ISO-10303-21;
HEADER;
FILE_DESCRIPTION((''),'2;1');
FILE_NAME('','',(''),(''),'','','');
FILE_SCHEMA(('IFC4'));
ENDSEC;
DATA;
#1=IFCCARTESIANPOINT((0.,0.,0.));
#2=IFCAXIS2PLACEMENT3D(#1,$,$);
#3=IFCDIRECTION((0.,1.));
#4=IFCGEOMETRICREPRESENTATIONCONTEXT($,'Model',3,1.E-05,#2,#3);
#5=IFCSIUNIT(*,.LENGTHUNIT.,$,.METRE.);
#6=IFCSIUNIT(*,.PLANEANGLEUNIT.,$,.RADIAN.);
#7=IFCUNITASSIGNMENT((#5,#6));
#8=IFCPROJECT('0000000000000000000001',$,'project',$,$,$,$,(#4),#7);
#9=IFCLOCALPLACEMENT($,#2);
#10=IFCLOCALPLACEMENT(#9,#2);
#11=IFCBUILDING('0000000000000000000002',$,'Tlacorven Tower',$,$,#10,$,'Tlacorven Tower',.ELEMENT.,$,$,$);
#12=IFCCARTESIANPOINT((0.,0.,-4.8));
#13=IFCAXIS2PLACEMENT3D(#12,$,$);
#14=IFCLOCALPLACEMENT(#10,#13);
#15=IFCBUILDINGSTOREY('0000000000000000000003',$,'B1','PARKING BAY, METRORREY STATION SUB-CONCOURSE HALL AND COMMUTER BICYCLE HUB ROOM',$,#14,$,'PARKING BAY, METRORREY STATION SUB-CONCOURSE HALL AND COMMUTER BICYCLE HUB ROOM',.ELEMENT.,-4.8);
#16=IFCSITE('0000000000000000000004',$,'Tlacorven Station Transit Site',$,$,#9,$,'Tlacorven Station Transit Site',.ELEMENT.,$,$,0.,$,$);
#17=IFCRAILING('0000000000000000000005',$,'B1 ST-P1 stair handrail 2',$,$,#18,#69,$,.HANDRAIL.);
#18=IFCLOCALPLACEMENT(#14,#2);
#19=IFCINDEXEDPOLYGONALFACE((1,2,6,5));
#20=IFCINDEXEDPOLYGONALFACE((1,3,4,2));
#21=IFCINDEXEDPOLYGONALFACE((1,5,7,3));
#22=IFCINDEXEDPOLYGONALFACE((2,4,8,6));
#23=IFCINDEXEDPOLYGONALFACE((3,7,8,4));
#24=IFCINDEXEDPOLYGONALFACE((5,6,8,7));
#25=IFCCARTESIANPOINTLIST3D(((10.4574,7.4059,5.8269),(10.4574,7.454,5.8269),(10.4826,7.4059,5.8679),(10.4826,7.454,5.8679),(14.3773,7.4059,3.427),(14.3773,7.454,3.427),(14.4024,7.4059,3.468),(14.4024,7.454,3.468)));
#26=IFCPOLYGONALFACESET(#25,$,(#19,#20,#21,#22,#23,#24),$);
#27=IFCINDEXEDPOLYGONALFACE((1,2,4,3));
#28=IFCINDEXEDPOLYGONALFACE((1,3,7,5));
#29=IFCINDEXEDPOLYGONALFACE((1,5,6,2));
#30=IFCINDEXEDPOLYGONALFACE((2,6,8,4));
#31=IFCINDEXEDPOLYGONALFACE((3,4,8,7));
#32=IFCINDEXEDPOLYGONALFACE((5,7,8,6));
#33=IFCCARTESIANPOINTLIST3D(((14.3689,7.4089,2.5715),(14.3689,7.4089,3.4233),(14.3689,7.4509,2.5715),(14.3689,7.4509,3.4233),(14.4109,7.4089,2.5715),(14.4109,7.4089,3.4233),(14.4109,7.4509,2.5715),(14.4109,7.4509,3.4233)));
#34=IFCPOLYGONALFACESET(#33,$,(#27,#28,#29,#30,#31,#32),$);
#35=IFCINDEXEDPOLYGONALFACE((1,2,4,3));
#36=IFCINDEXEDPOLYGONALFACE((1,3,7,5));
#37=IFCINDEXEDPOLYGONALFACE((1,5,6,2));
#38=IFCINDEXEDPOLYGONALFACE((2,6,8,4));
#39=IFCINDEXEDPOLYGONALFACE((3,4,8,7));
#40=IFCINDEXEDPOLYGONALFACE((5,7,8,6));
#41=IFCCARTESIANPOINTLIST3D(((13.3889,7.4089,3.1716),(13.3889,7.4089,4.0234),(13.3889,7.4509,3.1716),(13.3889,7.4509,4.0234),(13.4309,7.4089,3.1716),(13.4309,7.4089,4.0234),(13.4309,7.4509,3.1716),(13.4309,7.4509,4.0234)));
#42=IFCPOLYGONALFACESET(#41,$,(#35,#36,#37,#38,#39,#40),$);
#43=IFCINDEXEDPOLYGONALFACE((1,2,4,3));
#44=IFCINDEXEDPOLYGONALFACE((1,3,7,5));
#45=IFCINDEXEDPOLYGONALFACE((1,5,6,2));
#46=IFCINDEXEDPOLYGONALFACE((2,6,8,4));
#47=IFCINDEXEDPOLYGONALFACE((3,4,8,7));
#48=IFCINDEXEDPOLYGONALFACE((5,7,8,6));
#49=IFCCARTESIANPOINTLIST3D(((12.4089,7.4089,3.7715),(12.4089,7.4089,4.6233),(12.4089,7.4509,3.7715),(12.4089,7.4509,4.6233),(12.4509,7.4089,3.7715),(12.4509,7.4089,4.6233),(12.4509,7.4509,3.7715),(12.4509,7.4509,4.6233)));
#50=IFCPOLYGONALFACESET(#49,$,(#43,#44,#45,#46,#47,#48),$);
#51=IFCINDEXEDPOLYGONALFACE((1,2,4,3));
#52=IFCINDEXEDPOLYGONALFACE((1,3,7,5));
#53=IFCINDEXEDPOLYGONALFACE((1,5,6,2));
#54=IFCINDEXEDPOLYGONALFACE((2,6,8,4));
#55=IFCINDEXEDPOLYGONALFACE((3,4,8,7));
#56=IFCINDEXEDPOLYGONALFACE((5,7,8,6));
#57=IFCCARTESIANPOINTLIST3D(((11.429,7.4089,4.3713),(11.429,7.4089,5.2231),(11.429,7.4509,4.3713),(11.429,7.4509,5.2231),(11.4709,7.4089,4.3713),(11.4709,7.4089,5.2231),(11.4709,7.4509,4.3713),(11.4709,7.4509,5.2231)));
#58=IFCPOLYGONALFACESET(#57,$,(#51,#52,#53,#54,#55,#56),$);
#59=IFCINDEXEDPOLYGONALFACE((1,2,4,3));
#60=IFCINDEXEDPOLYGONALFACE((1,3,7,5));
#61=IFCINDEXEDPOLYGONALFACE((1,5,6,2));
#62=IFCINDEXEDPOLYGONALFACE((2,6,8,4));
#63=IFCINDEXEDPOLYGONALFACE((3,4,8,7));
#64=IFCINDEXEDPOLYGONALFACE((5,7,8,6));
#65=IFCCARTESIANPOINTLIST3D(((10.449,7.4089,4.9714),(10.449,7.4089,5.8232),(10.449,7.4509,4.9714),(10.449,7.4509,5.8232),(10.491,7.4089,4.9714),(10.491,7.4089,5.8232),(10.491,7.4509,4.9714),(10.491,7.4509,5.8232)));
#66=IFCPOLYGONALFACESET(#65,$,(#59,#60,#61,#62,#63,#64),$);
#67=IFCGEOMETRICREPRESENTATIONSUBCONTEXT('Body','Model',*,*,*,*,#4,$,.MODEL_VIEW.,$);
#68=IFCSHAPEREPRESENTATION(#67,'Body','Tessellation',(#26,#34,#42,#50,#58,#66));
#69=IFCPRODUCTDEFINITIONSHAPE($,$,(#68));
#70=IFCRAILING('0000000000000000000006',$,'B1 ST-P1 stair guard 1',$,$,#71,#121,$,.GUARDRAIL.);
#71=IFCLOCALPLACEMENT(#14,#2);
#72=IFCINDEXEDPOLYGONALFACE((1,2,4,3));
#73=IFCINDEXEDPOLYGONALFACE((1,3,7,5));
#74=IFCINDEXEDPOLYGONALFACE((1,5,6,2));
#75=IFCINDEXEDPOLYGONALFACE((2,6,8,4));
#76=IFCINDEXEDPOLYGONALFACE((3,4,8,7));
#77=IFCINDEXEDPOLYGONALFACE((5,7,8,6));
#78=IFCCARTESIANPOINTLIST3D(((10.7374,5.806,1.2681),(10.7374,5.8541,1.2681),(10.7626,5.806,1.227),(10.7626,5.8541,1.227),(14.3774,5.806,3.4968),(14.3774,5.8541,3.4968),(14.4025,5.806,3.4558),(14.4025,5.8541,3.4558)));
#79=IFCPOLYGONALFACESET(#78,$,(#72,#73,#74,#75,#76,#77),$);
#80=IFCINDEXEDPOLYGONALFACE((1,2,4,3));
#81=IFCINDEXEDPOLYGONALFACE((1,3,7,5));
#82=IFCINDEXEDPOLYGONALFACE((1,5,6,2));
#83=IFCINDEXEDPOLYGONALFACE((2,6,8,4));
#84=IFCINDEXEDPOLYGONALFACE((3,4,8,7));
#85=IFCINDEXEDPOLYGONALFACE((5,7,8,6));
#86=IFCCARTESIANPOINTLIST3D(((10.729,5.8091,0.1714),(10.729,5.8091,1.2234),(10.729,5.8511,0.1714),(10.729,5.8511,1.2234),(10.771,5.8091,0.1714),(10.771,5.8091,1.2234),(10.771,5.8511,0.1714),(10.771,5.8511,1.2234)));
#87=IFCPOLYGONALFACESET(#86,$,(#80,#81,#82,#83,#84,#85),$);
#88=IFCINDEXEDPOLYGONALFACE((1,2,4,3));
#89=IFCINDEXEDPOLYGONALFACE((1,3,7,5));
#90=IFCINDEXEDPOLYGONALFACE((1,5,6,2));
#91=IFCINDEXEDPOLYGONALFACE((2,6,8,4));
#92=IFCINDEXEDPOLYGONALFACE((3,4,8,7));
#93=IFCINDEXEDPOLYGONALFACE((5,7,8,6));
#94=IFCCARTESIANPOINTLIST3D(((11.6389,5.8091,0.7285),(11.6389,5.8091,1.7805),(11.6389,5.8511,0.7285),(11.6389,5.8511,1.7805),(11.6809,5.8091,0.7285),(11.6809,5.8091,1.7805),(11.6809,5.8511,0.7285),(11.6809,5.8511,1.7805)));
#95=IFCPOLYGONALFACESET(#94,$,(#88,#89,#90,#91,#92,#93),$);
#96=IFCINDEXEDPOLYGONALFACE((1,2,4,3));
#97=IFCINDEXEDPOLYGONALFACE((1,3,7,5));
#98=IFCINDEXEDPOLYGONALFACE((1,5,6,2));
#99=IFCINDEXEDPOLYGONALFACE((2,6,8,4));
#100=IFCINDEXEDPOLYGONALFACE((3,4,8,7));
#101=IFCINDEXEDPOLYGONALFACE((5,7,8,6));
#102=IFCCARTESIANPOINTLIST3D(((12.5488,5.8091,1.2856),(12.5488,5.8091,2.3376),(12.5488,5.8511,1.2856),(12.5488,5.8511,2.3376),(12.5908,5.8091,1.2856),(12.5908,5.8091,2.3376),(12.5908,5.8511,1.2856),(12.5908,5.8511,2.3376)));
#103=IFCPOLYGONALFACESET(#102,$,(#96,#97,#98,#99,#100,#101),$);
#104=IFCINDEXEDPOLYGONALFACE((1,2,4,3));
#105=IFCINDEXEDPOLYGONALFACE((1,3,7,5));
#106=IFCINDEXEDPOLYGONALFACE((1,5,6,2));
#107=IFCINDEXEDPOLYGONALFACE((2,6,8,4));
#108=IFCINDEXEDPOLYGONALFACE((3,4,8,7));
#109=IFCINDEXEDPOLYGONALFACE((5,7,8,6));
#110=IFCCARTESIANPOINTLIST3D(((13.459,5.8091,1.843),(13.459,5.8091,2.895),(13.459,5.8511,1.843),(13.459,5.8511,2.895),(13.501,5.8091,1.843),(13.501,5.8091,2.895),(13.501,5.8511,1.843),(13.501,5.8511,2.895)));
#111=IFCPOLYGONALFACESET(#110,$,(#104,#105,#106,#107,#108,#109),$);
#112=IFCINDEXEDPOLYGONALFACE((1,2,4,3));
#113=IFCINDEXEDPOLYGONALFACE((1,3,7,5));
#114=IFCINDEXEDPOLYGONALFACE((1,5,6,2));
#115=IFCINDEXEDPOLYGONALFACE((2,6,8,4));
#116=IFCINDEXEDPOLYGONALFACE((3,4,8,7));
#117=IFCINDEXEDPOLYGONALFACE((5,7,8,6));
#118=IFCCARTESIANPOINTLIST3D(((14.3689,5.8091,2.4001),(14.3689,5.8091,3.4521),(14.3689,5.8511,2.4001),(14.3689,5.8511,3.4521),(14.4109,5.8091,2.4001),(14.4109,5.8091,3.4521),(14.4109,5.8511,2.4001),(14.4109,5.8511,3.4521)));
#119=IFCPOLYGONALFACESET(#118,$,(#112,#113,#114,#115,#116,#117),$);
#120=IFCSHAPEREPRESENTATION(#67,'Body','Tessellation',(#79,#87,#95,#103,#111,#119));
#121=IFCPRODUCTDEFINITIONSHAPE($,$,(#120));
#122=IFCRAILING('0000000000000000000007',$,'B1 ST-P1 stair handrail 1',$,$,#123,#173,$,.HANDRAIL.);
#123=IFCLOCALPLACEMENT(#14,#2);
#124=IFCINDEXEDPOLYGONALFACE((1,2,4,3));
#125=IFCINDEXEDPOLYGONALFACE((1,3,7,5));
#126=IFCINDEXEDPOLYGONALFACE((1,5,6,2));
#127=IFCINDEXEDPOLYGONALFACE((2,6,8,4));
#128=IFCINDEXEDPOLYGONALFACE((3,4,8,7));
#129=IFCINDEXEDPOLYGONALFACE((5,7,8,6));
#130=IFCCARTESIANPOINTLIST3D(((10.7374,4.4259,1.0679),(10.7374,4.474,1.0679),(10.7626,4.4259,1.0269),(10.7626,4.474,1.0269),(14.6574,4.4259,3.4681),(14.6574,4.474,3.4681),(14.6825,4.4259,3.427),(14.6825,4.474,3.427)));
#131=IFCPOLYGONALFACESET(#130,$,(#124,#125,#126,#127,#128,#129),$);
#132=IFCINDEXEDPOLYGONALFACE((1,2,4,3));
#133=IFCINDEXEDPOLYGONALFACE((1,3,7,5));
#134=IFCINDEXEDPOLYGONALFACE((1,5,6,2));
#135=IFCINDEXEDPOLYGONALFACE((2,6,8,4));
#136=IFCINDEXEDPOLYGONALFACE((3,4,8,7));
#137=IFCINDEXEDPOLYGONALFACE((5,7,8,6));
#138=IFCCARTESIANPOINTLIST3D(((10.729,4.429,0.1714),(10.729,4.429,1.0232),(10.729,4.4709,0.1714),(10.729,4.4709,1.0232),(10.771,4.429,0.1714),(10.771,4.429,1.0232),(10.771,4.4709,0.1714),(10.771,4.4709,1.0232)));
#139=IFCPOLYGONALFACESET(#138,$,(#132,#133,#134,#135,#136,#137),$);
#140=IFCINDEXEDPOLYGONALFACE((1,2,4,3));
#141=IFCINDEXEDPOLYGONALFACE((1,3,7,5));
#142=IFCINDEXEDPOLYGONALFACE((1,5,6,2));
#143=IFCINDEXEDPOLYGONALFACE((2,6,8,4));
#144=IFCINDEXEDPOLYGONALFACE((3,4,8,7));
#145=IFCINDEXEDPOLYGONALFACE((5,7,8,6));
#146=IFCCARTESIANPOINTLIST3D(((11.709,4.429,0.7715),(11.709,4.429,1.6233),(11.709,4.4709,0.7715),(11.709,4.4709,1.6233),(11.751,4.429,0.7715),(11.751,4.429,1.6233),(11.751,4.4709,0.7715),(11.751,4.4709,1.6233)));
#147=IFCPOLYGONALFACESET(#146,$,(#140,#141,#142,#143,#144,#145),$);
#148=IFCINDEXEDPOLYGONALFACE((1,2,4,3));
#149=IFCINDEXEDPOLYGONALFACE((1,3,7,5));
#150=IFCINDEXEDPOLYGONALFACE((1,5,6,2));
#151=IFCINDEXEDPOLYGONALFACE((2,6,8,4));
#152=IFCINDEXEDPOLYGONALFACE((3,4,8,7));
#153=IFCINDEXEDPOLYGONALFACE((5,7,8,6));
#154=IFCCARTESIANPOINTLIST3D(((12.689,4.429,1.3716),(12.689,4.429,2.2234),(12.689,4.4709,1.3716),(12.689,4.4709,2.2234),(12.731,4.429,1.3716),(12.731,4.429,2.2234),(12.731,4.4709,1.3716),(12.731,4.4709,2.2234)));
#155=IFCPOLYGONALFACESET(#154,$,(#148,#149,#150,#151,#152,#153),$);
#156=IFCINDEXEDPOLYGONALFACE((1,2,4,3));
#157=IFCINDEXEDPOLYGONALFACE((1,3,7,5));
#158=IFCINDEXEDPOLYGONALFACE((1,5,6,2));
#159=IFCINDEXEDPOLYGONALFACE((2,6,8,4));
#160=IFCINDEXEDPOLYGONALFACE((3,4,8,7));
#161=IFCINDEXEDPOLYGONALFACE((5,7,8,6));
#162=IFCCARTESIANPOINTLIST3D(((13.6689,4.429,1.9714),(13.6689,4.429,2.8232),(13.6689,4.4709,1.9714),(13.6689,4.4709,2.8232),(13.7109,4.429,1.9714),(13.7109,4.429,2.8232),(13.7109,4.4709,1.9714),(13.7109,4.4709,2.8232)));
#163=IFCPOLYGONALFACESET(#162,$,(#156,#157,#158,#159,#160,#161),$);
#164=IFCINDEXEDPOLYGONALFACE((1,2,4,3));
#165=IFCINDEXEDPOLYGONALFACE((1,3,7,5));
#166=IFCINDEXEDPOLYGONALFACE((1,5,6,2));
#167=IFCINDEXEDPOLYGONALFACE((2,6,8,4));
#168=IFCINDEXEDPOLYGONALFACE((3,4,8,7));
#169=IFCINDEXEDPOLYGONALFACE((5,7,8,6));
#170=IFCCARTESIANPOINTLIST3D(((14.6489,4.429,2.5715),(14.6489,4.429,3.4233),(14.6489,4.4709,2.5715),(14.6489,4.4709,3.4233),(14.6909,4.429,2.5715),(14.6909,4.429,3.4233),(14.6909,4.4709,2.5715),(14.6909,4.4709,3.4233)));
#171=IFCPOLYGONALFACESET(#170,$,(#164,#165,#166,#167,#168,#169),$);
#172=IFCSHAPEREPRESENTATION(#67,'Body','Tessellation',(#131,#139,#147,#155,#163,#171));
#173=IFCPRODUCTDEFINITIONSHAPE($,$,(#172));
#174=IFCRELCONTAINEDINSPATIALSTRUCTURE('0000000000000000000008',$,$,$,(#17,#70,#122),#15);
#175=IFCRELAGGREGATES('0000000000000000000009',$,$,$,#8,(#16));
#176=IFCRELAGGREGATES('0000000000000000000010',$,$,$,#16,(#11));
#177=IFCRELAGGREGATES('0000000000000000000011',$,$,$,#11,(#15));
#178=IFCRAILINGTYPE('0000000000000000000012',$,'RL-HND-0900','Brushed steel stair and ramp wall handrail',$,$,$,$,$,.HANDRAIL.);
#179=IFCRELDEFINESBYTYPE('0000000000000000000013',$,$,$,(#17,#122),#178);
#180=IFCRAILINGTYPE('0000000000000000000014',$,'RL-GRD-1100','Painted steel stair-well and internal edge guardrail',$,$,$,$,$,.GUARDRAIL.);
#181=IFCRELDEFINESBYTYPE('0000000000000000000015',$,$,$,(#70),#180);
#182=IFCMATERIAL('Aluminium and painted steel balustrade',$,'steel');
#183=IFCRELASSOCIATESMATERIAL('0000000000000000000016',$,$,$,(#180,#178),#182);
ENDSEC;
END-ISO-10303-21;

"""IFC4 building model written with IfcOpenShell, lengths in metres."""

from ifc_helpers import new_model, si_unit, direction, frame, origin, origin_2d, place, context, subcontext, project, spatial, rectangle, extrude, source, transform, mapped, material, type_object, element, save


model = new_model("IFC4")

# Units and contexts
model_context = context("Model", 3, precision=1e-05, world=origin(), true_north=direction((0.0, 1.0)))
body_context = subcontext(model_context, "Body", "Model", "MODEL_VIEW")
ifc_project = project(units=[si_unit("LENGTHUNIT", "METRE"), si_unit("PLANEANGLEUNIT", "RADIAN")], contexts=[model_context])

# Site, building, storey
site_placement = place(None, origin())
site = spatial("IfcSite", under=ifc_project, at=site_placement, Name="Tlacorven Station Transit Site", LongName="Tlacorven Station Transit Site", CompositionType="ELEMENT", RefElevation=0.0)
building_placement = place(site_placement, origin())
building = spatial("IfcBuilding", under=site, at=building_placement, Name="Tlacorven Tower", LongName="Tlacorven Tower", CompositionType="ELEMENT")
storey_placement = place(building_placement, frame((0.0, 0.0, -4.8)))
storey = spatial("IfcBuildingStorey", under=building, at=storey_placement, Name="B1", Description="PARKING BAY, METRORREY STATION SUB-CONCOURSE HALL AND COMMUTER BICYCLE HUB ROOM", LongName="PARKING BAY, METRORREY STATION SUB-CONCOURSE HALL AND COMMUTER BICYCLE HUB ROOM", CompositionType="ELEMENT", Elevation=-4.8)

# Railings
ifc_material_1 = material(Name="Aluminium and painted steel balustrade", Category="steel")
railing_type_1 = type_object("IfcRailingType", Name="RL-GRD-1100", Description="Painted steel stair-well and internal edge guardrail", PredefinedType="GUARDRAIL", material=ifc_material_1)
railing_type_2 = type_object("IfcRailingType", Name="RL-HND-0900", Description="Brushed steel stair and ramp wall handrail", PredefinedType="HANDRAIL", material=ifc_material_1)
shared_shape_1 = source(origin(), body_context, "Body", "SweptSolid", [
    extrude(rectangle(XDim=0.0481, YDim=0.0481, at=origin_2d()), frame((0.0, 0.0, 0.876), z_axis=(-0.852856, 0.0, 0.522146), x_axis=(0.0, -1.0, 0.0)), (0.0, 0.0, 1.0), 4.5962),
    extrude(rectangle(XDim=0.042, YDim=0.042, at=origin_2d()), origin(), (0.0, 0.0, 1.0), 0.8518),
    extrude(rectangle(XDim=0.042, YDim=0.042, at=origin_2d()), frame((-0.98, 0.0, 0.6001)), (0.0, 0.0, 1.0), 0.8518),
    extrude(rectangle(XDim=0.042, YDim=0.042, at=origin_2d()), frame((-1.96, 0.0, 1.2)), (0.0, 0.0, 1.0), 0.8518),
    extrude(rectangle(XDim=0.042, YDim=0.042, at=origin_2d()), frame((-2.9399, 0.0, 1.7998)), (0.0, 0.0, 1.0), 0.8518),
    extrude(rectangle(XDim=0.042, YDim=0.042, at=origin_2d()), frame((-3.9199, 0.0, 2.3999)), (0.0, 0.0, 1.0), 0.8518),
])
railing_1_placement = place(storey_placement, frame((14.3899, 7.4299, 2.5715)))
element("IfcRailing", 1, at=railing_1_placement, inside=storey, type_object=railing_type_2, Name="B1 ST-P1 stair handrail 2", PredefinedType="HANDRAIL", context=body_context, shape_type="MappedRepresentation", body=[
    mapped(shared_shape_1, transform((0.0, 0.0, 0.0), scale=1.0)),
])
shared_shape_2 = source(origin(), body_context, "Body", "SweptSolid", [
    extrude(rectangle(XDim=0.0481, YDim=0.0481, at=origin_2d()), frame((0.0, 0.0, 1.0762), z_axis=(0.852825, 0.0, 0.522197), x_axis=(0.0, 1.0, 0.0)), (0.0, 0.0, 1.0), 4.2681),
    extrude(rectangle(XDim=0.042, YDim=0.042, at=origin_2d()), origin(), (0.0, 0.0, 1.0), 1.052),
    extrude(rectangle(XDim=0.042, YDim=0.042, at=origin_2d()), frame((0.9099, 0.0, 0.5571)), (0.0, 0.0, 1.0), 1.052),
    extrude(rectangle(XDim=0.042, YDim=0.042, at=origin_2d()), frame((1.8198, 0.0, 1.1143)), (0.0, 0.0, 1.0), 1.052),
    extrude(rectangle(XDim=0.042, YDim=0.042, at=origin_2d()), frame((2.73, 0.0, 1.6716)), (0.0, 0.0, 1.0), 1.052),
    extrude(rectangle(XDim=0.042, YDim=0.042, at=origin_2d()), frame((3.6399, 0.0, 2.2288)), (0.0, 0.0, 1.0), 1.052),
])
railing_2_placement = place(storey_placement, frame((10.75, 5.8301, 0.1714)))
element("IfcRailing", 2, at=railing_2_placement, inside=storey, type_object=railing_type_1, Name="B1 ST-P1 stair guard 1", PredefinedType="GUARDRAIL", context=body_context, shape_type="MappedRepresentation", body=[
    mapped(shared_shape_2, transform((0.0, 0.0, 0.0), scale=1.0)),
])
shared_shape_3 = source(origin(), body_context, "Body", "SweptSolid", [
    extrude(rectangle(XDim=0.0481, YDim=0.0481, at=origin_2d()), frame((0.0, 0.0, 0.876), z_axis=(0.852832, 0.0, 0.522185), x_axis=(0.0, 1.0, 0.0)), (0.0, 0.0, 1.0), 4.5964),
    extrude(rectangle(XDim=0.042, YDim=0.042, at=origin_2d()), origin(), (0.0, 0.0, 1.0), 0.8518),
    extrude(rectangle(XDim=0.042, YDim=0.042, at=origin_2d()), frame((0.98, 0.0, 0.6001)), (0.0, 0.0, 1.0), 0.8518),
    extrude(rectangle(XDim=0.042, YDim=0.042, at=origin_2d()), frame((1.96, 0.0, 1.2002)), (0.0, 0.0, 1.0), 0.8518),
    extrude(rectangle(XDim=0.042, YDim=0.042, at=origin_2d()), frame((2.9399, 0.0, 1.8)), (0.0, 0.0, 1.0), 0.8518),
    extrude(rectangle(XDim=0.042, YDim=0.042, at=origin_2d()), frame((3.9199, 0.0, 2.4001)), (0.0, 0.0, 1.0), 0.8518),
])
railing_3_placement = place(storey_placement, frame((10.75, 4.45, 0.1714)))
element("IfcRailing", 3, at=railing_3_placement, inside=storey, type_object=railing_type_2, Name="B1 ST-P1 stair handrail 1", PredefinedType="HANDRAIL", context=body_context, shape_type="MappedRepresentation", body=[
    mapped(shared_shape_3, transform((0.0, 0.0, 0.0), scale=1.0)),
])

save(model, "model.ifc")
